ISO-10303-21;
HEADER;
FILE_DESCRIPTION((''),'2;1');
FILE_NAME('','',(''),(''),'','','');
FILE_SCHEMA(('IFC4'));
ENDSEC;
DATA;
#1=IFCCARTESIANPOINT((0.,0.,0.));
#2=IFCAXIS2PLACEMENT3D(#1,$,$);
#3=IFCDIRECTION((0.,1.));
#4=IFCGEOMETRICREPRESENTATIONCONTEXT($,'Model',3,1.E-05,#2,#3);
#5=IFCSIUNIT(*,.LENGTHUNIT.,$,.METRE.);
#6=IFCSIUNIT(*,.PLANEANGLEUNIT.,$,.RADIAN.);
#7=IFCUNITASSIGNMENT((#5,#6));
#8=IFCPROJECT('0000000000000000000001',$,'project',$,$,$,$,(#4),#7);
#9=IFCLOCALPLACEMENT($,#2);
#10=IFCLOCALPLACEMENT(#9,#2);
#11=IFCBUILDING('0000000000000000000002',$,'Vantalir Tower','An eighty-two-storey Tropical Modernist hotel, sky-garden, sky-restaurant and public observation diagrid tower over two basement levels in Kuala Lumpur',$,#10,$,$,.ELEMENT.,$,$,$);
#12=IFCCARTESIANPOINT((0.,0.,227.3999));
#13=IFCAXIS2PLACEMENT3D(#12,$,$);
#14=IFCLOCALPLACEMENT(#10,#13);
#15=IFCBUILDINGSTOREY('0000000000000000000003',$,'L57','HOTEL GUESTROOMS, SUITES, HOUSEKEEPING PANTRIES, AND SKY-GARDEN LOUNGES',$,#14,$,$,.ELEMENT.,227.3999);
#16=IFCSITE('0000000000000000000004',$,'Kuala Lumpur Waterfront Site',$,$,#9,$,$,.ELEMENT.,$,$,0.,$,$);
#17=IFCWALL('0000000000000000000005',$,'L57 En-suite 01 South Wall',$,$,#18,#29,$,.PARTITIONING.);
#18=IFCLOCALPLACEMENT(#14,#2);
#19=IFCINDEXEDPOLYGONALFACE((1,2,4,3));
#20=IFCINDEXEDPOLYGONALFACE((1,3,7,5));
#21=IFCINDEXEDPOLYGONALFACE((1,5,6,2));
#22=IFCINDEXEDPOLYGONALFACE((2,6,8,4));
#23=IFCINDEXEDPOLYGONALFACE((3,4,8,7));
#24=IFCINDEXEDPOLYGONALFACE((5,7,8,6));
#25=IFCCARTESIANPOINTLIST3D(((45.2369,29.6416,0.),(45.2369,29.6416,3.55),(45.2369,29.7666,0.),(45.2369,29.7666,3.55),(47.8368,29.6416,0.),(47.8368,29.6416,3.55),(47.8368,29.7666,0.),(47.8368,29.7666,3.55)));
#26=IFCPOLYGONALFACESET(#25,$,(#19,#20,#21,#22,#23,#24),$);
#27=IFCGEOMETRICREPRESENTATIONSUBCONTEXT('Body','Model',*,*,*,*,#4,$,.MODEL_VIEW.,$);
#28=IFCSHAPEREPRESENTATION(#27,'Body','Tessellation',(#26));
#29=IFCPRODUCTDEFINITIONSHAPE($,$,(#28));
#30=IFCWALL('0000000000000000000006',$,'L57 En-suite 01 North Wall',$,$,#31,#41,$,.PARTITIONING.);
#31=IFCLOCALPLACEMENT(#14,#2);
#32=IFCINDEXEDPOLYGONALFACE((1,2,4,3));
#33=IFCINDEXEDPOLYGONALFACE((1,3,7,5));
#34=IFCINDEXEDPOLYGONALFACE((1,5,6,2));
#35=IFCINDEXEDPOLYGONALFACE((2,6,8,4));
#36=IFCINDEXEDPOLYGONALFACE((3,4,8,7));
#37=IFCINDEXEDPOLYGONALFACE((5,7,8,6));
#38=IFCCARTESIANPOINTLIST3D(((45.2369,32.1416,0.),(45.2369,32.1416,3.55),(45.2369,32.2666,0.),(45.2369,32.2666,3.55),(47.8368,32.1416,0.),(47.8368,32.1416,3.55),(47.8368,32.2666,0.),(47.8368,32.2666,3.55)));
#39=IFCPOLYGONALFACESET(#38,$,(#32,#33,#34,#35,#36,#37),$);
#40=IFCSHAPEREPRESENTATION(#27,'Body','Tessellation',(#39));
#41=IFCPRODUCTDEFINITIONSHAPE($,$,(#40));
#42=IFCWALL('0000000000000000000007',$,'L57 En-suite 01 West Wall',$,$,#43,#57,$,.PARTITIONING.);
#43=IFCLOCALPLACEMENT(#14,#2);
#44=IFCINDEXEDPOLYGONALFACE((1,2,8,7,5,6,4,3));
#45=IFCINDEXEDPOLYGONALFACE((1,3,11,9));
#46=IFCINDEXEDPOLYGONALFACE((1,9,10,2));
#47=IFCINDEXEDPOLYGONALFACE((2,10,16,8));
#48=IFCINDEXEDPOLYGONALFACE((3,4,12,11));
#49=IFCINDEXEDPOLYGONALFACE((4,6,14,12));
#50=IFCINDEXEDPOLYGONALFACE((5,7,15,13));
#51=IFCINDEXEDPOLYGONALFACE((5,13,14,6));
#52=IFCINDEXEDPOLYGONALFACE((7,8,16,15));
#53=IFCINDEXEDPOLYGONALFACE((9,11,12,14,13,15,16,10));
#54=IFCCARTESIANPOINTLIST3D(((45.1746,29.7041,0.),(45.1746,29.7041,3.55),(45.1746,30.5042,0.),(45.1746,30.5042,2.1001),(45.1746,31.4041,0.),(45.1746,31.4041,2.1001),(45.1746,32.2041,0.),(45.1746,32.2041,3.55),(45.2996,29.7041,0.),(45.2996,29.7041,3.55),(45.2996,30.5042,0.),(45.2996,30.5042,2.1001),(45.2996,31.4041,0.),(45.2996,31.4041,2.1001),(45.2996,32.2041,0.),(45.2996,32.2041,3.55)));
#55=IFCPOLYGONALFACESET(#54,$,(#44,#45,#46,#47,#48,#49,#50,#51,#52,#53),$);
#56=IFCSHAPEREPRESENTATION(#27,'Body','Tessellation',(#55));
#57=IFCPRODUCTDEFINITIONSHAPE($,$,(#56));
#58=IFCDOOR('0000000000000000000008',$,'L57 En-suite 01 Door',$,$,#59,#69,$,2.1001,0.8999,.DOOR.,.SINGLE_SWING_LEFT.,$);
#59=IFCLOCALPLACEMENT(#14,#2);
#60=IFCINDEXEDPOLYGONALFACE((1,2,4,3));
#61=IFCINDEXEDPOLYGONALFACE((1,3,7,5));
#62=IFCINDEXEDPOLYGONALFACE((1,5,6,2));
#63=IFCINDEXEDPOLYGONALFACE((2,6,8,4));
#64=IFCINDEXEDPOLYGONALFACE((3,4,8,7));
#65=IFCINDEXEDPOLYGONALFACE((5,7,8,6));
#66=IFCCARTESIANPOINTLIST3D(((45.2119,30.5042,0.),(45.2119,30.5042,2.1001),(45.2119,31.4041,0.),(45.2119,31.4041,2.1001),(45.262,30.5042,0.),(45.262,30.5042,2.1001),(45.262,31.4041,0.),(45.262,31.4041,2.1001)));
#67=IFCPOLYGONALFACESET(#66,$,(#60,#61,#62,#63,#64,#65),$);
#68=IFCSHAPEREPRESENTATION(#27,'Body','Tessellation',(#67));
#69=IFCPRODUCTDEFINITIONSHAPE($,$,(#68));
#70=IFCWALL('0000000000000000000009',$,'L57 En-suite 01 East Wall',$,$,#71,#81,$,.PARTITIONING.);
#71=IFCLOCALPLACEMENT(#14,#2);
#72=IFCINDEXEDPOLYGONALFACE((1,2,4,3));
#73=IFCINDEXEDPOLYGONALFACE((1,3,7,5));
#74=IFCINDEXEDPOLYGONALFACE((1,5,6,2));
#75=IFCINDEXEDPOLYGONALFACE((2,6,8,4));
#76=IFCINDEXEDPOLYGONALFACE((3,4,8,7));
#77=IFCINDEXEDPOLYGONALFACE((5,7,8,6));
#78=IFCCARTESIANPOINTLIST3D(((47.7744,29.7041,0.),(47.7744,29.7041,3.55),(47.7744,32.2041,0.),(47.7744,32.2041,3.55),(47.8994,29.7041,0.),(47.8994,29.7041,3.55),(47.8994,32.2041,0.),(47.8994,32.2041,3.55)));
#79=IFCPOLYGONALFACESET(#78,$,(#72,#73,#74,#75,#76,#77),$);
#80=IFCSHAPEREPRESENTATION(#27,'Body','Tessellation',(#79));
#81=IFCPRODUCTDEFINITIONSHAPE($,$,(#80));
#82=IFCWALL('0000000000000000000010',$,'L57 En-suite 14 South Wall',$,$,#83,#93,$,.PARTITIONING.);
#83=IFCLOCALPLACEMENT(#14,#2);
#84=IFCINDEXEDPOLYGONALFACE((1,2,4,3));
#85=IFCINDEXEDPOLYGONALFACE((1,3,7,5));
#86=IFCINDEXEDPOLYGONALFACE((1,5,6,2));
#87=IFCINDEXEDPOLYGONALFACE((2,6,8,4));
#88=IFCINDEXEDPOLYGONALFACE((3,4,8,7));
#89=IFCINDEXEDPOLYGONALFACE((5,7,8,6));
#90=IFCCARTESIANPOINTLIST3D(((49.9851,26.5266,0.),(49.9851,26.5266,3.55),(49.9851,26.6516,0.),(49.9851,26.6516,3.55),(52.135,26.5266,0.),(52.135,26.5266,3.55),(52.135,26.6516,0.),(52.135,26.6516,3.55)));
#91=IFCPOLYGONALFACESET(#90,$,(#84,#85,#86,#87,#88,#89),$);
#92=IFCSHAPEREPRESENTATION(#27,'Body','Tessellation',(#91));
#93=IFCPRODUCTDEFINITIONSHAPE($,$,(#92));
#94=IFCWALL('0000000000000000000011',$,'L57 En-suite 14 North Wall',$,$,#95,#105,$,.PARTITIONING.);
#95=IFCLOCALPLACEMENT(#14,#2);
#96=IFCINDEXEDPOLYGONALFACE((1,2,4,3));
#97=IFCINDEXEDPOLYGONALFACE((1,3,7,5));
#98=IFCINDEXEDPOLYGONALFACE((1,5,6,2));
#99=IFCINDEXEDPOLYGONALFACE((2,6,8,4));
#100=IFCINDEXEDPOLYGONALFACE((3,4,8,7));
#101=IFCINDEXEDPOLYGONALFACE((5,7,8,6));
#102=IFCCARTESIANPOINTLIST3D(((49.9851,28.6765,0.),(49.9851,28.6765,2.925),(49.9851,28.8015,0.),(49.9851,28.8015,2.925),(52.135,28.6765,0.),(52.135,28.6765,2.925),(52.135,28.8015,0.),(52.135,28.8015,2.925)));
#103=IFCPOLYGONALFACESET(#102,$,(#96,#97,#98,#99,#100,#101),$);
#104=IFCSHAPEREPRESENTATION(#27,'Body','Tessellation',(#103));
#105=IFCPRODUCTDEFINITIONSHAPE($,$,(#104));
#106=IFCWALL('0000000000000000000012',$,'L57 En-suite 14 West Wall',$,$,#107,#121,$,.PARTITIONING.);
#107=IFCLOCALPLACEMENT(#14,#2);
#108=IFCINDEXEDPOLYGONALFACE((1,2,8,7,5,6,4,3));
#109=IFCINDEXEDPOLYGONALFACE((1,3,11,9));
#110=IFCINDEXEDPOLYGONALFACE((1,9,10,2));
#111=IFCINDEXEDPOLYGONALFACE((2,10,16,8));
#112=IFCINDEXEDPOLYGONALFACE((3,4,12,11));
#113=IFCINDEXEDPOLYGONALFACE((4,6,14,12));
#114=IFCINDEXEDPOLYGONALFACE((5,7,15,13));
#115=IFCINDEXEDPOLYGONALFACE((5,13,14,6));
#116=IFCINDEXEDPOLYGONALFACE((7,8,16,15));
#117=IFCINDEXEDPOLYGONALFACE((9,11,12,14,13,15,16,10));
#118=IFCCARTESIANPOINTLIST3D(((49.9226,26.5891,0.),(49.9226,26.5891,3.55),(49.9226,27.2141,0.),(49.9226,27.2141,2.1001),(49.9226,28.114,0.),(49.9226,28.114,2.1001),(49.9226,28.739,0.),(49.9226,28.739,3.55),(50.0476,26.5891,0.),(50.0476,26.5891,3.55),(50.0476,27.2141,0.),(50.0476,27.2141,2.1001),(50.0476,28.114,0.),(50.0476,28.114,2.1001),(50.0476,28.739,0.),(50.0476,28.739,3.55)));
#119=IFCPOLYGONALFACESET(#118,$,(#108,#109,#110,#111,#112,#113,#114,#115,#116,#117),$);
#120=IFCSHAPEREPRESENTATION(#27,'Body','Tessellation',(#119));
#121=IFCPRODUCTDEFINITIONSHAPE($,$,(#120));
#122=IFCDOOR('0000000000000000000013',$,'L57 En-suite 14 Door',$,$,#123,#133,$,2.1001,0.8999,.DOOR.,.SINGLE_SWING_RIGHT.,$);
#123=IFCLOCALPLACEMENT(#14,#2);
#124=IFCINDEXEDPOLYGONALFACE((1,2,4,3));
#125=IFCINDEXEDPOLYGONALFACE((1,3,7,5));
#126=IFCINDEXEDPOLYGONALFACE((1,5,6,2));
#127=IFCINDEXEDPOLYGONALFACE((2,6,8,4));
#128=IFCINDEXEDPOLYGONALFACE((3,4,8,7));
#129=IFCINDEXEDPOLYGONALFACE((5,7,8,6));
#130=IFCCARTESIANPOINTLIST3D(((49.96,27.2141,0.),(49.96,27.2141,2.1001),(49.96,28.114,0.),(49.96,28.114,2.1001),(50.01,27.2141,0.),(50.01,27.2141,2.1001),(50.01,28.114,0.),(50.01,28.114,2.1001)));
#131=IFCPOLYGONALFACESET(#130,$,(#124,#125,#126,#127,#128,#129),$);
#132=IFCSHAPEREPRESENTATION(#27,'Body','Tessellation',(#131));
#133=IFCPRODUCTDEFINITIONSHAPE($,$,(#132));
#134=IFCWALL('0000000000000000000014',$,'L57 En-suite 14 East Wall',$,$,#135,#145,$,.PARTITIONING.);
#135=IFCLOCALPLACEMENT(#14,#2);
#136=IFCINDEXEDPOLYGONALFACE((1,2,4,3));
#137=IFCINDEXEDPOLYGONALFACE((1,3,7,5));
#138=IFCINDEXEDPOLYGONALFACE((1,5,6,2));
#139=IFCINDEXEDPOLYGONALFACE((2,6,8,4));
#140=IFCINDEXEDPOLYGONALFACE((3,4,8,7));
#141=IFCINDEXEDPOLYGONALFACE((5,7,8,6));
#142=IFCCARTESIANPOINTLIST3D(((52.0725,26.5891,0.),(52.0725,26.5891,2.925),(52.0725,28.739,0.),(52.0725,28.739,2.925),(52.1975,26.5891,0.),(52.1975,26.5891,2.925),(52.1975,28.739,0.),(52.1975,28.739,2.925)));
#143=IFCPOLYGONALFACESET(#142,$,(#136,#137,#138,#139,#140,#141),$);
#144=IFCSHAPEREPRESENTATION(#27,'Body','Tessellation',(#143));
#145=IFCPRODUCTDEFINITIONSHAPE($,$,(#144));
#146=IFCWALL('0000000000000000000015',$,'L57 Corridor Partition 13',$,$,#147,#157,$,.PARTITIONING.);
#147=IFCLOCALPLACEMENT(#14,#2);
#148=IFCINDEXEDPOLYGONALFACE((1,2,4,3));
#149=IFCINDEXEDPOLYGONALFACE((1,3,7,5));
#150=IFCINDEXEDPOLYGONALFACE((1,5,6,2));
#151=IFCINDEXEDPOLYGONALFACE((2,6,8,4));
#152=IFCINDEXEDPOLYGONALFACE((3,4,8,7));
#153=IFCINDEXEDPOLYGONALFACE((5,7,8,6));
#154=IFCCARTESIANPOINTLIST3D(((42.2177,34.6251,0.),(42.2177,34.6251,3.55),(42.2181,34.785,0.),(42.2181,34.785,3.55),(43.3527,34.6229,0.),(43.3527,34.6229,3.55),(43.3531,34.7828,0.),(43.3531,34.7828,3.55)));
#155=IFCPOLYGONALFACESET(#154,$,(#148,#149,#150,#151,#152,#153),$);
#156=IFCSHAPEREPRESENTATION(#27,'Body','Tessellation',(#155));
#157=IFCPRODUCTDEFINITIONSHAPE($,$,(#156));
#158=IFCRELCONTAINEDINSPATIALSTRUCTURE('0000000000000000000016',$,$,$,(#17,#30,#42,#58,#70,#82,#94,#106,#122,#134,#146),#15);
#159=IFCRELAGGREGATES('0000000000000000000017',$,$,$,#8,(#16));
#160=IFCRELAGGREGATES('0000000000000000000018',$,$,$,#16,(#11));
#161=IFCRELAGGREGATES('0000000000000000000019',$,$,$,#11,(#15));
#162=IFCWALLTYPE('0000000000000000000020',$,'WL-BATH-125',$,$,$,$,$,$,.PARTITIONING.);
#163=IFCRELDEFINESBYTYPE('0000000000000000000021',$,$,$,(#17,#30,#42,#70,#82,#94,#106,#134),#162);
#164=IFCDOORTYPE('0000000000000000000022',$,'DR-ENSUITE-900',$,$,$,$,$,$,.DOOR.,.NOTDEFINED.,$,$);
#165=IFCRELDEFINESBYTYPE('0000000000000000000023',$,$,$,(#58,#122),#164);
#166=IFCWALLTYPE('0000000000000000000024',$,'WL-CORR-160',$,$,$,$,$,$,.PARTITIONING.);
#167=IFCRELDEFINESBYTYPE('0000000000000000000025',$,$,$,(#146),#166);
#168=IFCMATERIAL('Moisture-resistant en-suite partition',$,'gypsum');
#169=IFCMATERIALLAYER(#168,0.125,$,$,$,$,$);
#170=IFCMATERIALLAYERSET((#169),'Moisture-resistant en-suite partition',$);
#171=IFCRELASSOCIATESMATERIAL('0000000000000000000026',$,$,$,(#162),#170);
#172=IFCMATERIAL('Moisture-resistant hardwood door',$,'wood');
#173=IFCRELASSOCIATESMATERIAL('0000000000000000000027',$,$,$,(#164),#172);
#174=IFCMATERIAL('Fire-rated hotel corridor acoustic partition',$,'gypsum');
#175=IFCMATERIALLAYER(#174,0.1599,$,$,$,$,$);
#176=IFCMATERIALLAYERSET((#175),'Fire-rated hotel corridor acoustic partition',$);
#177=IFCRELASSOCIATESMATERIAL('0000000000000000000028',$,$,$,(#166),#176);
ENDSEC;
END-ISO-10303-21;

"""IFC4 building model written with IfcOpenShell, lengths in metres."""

from ifc_helpers import new_model, si_unit, direction, frame, frame_2d, origin, place, context, subcontext, project, spatial, rectangle, extrude, material, layer, layer_set, type_object, element, fill, save


model = new_model("IFC4")

# Units and contexts
model_context = context("Model", 3, precision=1e-05, world=origin(), true_north=direction((0.0, 1.0)))
body_context = subcontext(model_context, "Body", "Model", "MODEL_VIEW")
ifc_project = project(units=[si_unit("LENGTHUNIT", "METRE"), si_unit("PLANEANGLEUNIT", "RADIAN")], contexts=[model_context])

# Site, building, storey
site_placement = place(None, origin())
site = spatial("IfcSite", under=ifc_project, at=site_placement, Name="Kuala Lumpur Waterfront Site", CompositionType="ELEMENT", RefElevation=0.0)
building_placement = place(site_placement, origin())
building = spatial("IfcBuilding", under=site, at=building_placement, Name="Vantalir Tower", Description="An eighty-two-storey Tropical Modernist hotel, sky-garden, sky-restaurant and public observation diagrid tower over two basement levels in Kuala Lumpur", CompositionType="ELEMENT")
storey_placement = place(building_placement, frame((0.0, 0.0, 227.3999)))
storey = spatial("IfcBuildingStorey", under=building, at=storey_placement, Name="L57", Description="HOTEL GUESTROOMS, SUITES, HOUSEKEEPING PANTRIES, AND SKY-GARDEN LOUNGES", CompositionType="ELEMENT", Elevation=227.3999)

# Walls
ifc_material_1 = material(Name="Moisture-resistant en-suite partition", Category="gypsum")
ifc_layer_1 = layer(ifc_material_1, 0.125)
ifc_layer_set_1 = layer_set([ifc_layer_1], Name="Moisture-resistant en-suite partition")
wall_type_1 = type_object("IfcWallType", Name="WL-BATH-125", PredefinedType="PARTITIONING", material=ifc_layer_set_1)
for number, where, z_axis, x_axis, name in (
    (1, (45.2371, 29.7041, 0.0), (0.0, 0.0, 1.0), (1.0, 0.0, 0.0), "L57 En-suite 01 South Wall"),
    (2, (45.2371, 32.2041, 0.0), (0.0, 0.0, 1.0), (1.0, 0.0, 0.0), "L57 En-suite 01 North Wall"),
):
    element("IfcWall", number, at=place(storey_placement, frame(where, z_axis=z_axis, x_axis=x_axis)), inside=storey, type_object=wall_type_1, Name=name, PredefinedType="PARTITIONING", context=body_context, shape_type="SweptSolid", body=[
        extrude(rectangle(XDim=2.5999, YDim=0.125, at=frame_2d((1.2998, 0.0))), origin(), (0.0, 0.0, 1.0), 3.55),
    ])

# Wall, opening, door
wall_1_placement = place(storey_placement, frame((45.2371, 29.7041, 0.0), z_axis=(0.0, 0.0, 1.0), x_axis=(0.0, 1.0, 0.0)))
wall_1 = element("IfcWall", 3, at=wall_1_placement, inside=storey, type_object=wall_type_1, Name="L57 En-suite 01 West Wall", PredefinedType="PARTITIONING", context=body_context, shape_type="SweptSolid", body=[
    extrude(rectangle(XDim=2.5, YDim=0.125, at=frame_2d((1.25, 0.0))), origin(), (0.0, 0.0, 1.0), 3.55),
])
opening_1_placement = place(wall_1_placement, frame((0.8, 0.0, 0.0)))
opening_1 = element("IfcOpeningElement", 4, at=opening_1_placement, cuts=wall_1, PredefinedType="OPENING", context=body_context, shape_type="SweptSolid", body=[
    extrude(rectangle(XDim=0.8999, YDim=2.1001, at=frame_2d((0.45, 1.05))), frame((0.0, 0.0725, 0.0), z_axis=(0.0, -1.0, 0.0), x_axis=(1.0, 0.0, 0.0)), (0.0, 0.0, 1.0), 0.145),
])
ifc_material_2 = material(Name="Moisture-resistant hardwood door", Category="wood")
door_type_1 = type_object("IfcDoorType", Name="DR-ENSUITE-900", OperationType="NOTDEFINED", PredefinedType="DOOR", material=ifc_material_2)
door_1_placement = place(opening_1_placement, frame((0.8999, 0.0, 0.0), z_axis=(0.0, 0.0, 1.0), x_axis=(-1.0, 0.0, 0.0)))
door_1 = element("IfcDoor", 5, at=door_1_placement, inside=storey, type_object=door_type_1, Name="L57 En-suite 01 Door", OperationType="SINGLE_SWING_LEFT", OverallHeight=2.1001, OverallWidth=0.8999, PredefinedType="DOOR", context=body_context, shape_type="SweptSolid", body=[
    extrude(rectangle(XDim=0.8999, YDim=2.1001, at=frame_2d((0.45, 1.05))), frame((0.0, 0.0249, 0.0), z_axis=(0.0, -1.0, 0.0), x_axis=(1.0, 0.0, 0.0)), (0.0, 0.0, 1.0), 0.05),
])
fill(opening_1, door_1)

# Walls
wall_2_placement = place(storey_placement, frame((47.8369, 29.7041, 0.0), z_axis=(0.0, 0.0, 1.0), x_axis=(0.0, 1.0, 0.0)))
element("IfcWall", 6, at=wall_2_placement, inside=storey, type_object=wall_type_1, Name="L57 En-suite 01 East Wall", PredefinedType="PARTITIONING", context=body_context, shape_type="SweptSolid", body=[
    extrude(rectangle(XDim=2.5, YDim=0.125, at=frame_2d((1.25, 0.0))), origin(), (0.0, 0.0, 1.0), 3.55),
])
wall_3_placement = place(storey_placement, frame((49.9851, 26.5891, 0.0), z_axis=(0.0, 0.0, 1.0), x_axis=(1.0, 0.0, 0.0)))
element("IfcWall", 7, at=wall_3_placement, inside=storey, type_object=wall_type_1, Name="L57 En-suite 14 South Wall", PredefinedType="PARTITIONING", context=body_context, shape_type="SweptSolid", body=[
    extrude(rectangle(XDim=2.1499, YDim=0.125, at=frame_2d((1.075, 0.0))), origin(), (0.0, 0.0, 1.0), 3.55),
])
wall_4_placement = place(storey_placement, frame((49.9851, 28.739, 0.0), z_axis=(0.0, 0.0, 1.0), x_axis=(1.0, 0.0, 0.0)))
element("IfcWall", 8, at=wall_4_placement, inside=storey, type_object=wall_type_1, Name="L57 En-suite 14 North Wall", PredefinedType="PARTITIONING", context=body_context, shape_type="SweptSolid", body=[
    extrude(rectangle(XDim=2.1499, YDim=0.125, at=frame_2d((1.075, 0.0))), origin(), (0.0, 0.0, 1.0), 2.925),
])

# Wall, opening, door
wall_5_placement = place(storey_placement, frame((49.9851, 26.5891, 0.0), z_axis=(0.0, 0.0, 1.0), x_axis=(0.0, 1.0, 0.0)))
wall_5 = element("IfcWall", 9, at=wall_5_placement, inside=storey, type_object=wall_type_1, Name="L57 En-suite 14 West Wall", PredefinedType="PARTITIONING", context=body_context, shape_type="SweptSolid", body=[
    extrude(rectangle(XDim=2.1499, YDim=0.125, at=frame_2d((1.075, 0.0))), origin(), (0.0, 0.0, 1.0), 3.55),
])
opening_2_placement = place(wall_5_placement, frame((0.625, 0.0, 0.0)))
opening_2 = element("IfcOpeningElement", 10, at=opening_2_placement, cuts=wall_5, PredefinedType="OPENING", context=body_context, shape_type="SweptSolid", body=[
    extrude(rectangle(XDim=0.8999, YDim=2.1001, at=frame_2d((0.45, 1.05))), frame((0.0, 0.0725, 0.0), z_axis=(0.0, -1.0, 0.0), x_axis=(1.0, 0.0, 0.0)), (0.0, 0.0, 1.0), 0.145),
])
door_2_placement = place(opening_2_placement, frame((0.8999, 0.0, 0.0), z_axis=(0.0, 0.0, 1.0), x_axis=(-1.0, 0.0, 0.0)))
door_2 = element("IfcDoor", 11, at=door_2_placement, inside=storey, type_object=door_type_1, Name="L57 En-suite 14 Door", OperationType="SINGLE_SWING_RIGHT", OverallHeight=2.1001, OverallWidth=0.8999, PredefinedType="DOOR", context=body_context, shape_type="SweptSolid", body=[
    extrude(rectangle(XDim=0.8999, YDim=2.1001, at=frame_2d((0.45, 1.05))), frame((0.0, 0.0249, 0.0), z_axis=(0.0, -1.0, 0.0), x_axis=(1.0, 0.0, 0.0)), (0.0, 0.0, 1.0), 0.05),
])
fill(opening_2, door_2)

# Walls
wall_6_placement = place(storey_placement, frame((52.135, 26.5891, 0.0), z_axis=(0.0, 0.0, 1.0), x_axis=(0.0, 1.0, 0.0)))
element("IfcWall", 12, at=wall_6_placement, inside=storey, type_object=wall_type_1, Name="L57 En-suite 14 East Wall", PredefinedType="PARTITIONING", context=body_context, shape_type="SweptSolid", body=[
    extrude(rectangle(XDim=2.1499, YDim=0.125, at=frame_2d((1.075, 0.0))), origin(), (0.0, 0.0, 1.0), 2.925),
])
ifc_material_3 = material(Name="Fire-rated hotel corridor acoustic partition", Category="gypsum")
ifc_layer_2 = layer(ifc_material_3, 0.1599)
ifc_layer_set_2 = layer_set([ifc_layer_2], Name="Fire-rated hotel corridor acoustic partition")
wall_type_2 = type_object("IfcWallType", Name="WL-CORR-160", PredefinedType="PARTITIONING", material=ifc_layer_set_2)
wall_7_placement = place(storey_placement, frame((42.218, 34.7051, 0.0), z_axis=(0.0, 0.0, 1.0), x_axis=(0.999998, -0.001936, 0.0)))
element("IfcWall", 13, at=wall_7_placement, inside=storey, type_object=wall_type_2, Name="L57 Corridor Partition 13", PredefinedType="PARTITIONING", context=body_context, shape_type="SweptSolid", body=[
    extrude(rectangle(XDim=1.135, YDim=0.1599, at=frame_2d((0.5674, 0.0))), origin(), (0.0, 0.0, 1.0), 3.55),
])

save(model, "model.ifc")
